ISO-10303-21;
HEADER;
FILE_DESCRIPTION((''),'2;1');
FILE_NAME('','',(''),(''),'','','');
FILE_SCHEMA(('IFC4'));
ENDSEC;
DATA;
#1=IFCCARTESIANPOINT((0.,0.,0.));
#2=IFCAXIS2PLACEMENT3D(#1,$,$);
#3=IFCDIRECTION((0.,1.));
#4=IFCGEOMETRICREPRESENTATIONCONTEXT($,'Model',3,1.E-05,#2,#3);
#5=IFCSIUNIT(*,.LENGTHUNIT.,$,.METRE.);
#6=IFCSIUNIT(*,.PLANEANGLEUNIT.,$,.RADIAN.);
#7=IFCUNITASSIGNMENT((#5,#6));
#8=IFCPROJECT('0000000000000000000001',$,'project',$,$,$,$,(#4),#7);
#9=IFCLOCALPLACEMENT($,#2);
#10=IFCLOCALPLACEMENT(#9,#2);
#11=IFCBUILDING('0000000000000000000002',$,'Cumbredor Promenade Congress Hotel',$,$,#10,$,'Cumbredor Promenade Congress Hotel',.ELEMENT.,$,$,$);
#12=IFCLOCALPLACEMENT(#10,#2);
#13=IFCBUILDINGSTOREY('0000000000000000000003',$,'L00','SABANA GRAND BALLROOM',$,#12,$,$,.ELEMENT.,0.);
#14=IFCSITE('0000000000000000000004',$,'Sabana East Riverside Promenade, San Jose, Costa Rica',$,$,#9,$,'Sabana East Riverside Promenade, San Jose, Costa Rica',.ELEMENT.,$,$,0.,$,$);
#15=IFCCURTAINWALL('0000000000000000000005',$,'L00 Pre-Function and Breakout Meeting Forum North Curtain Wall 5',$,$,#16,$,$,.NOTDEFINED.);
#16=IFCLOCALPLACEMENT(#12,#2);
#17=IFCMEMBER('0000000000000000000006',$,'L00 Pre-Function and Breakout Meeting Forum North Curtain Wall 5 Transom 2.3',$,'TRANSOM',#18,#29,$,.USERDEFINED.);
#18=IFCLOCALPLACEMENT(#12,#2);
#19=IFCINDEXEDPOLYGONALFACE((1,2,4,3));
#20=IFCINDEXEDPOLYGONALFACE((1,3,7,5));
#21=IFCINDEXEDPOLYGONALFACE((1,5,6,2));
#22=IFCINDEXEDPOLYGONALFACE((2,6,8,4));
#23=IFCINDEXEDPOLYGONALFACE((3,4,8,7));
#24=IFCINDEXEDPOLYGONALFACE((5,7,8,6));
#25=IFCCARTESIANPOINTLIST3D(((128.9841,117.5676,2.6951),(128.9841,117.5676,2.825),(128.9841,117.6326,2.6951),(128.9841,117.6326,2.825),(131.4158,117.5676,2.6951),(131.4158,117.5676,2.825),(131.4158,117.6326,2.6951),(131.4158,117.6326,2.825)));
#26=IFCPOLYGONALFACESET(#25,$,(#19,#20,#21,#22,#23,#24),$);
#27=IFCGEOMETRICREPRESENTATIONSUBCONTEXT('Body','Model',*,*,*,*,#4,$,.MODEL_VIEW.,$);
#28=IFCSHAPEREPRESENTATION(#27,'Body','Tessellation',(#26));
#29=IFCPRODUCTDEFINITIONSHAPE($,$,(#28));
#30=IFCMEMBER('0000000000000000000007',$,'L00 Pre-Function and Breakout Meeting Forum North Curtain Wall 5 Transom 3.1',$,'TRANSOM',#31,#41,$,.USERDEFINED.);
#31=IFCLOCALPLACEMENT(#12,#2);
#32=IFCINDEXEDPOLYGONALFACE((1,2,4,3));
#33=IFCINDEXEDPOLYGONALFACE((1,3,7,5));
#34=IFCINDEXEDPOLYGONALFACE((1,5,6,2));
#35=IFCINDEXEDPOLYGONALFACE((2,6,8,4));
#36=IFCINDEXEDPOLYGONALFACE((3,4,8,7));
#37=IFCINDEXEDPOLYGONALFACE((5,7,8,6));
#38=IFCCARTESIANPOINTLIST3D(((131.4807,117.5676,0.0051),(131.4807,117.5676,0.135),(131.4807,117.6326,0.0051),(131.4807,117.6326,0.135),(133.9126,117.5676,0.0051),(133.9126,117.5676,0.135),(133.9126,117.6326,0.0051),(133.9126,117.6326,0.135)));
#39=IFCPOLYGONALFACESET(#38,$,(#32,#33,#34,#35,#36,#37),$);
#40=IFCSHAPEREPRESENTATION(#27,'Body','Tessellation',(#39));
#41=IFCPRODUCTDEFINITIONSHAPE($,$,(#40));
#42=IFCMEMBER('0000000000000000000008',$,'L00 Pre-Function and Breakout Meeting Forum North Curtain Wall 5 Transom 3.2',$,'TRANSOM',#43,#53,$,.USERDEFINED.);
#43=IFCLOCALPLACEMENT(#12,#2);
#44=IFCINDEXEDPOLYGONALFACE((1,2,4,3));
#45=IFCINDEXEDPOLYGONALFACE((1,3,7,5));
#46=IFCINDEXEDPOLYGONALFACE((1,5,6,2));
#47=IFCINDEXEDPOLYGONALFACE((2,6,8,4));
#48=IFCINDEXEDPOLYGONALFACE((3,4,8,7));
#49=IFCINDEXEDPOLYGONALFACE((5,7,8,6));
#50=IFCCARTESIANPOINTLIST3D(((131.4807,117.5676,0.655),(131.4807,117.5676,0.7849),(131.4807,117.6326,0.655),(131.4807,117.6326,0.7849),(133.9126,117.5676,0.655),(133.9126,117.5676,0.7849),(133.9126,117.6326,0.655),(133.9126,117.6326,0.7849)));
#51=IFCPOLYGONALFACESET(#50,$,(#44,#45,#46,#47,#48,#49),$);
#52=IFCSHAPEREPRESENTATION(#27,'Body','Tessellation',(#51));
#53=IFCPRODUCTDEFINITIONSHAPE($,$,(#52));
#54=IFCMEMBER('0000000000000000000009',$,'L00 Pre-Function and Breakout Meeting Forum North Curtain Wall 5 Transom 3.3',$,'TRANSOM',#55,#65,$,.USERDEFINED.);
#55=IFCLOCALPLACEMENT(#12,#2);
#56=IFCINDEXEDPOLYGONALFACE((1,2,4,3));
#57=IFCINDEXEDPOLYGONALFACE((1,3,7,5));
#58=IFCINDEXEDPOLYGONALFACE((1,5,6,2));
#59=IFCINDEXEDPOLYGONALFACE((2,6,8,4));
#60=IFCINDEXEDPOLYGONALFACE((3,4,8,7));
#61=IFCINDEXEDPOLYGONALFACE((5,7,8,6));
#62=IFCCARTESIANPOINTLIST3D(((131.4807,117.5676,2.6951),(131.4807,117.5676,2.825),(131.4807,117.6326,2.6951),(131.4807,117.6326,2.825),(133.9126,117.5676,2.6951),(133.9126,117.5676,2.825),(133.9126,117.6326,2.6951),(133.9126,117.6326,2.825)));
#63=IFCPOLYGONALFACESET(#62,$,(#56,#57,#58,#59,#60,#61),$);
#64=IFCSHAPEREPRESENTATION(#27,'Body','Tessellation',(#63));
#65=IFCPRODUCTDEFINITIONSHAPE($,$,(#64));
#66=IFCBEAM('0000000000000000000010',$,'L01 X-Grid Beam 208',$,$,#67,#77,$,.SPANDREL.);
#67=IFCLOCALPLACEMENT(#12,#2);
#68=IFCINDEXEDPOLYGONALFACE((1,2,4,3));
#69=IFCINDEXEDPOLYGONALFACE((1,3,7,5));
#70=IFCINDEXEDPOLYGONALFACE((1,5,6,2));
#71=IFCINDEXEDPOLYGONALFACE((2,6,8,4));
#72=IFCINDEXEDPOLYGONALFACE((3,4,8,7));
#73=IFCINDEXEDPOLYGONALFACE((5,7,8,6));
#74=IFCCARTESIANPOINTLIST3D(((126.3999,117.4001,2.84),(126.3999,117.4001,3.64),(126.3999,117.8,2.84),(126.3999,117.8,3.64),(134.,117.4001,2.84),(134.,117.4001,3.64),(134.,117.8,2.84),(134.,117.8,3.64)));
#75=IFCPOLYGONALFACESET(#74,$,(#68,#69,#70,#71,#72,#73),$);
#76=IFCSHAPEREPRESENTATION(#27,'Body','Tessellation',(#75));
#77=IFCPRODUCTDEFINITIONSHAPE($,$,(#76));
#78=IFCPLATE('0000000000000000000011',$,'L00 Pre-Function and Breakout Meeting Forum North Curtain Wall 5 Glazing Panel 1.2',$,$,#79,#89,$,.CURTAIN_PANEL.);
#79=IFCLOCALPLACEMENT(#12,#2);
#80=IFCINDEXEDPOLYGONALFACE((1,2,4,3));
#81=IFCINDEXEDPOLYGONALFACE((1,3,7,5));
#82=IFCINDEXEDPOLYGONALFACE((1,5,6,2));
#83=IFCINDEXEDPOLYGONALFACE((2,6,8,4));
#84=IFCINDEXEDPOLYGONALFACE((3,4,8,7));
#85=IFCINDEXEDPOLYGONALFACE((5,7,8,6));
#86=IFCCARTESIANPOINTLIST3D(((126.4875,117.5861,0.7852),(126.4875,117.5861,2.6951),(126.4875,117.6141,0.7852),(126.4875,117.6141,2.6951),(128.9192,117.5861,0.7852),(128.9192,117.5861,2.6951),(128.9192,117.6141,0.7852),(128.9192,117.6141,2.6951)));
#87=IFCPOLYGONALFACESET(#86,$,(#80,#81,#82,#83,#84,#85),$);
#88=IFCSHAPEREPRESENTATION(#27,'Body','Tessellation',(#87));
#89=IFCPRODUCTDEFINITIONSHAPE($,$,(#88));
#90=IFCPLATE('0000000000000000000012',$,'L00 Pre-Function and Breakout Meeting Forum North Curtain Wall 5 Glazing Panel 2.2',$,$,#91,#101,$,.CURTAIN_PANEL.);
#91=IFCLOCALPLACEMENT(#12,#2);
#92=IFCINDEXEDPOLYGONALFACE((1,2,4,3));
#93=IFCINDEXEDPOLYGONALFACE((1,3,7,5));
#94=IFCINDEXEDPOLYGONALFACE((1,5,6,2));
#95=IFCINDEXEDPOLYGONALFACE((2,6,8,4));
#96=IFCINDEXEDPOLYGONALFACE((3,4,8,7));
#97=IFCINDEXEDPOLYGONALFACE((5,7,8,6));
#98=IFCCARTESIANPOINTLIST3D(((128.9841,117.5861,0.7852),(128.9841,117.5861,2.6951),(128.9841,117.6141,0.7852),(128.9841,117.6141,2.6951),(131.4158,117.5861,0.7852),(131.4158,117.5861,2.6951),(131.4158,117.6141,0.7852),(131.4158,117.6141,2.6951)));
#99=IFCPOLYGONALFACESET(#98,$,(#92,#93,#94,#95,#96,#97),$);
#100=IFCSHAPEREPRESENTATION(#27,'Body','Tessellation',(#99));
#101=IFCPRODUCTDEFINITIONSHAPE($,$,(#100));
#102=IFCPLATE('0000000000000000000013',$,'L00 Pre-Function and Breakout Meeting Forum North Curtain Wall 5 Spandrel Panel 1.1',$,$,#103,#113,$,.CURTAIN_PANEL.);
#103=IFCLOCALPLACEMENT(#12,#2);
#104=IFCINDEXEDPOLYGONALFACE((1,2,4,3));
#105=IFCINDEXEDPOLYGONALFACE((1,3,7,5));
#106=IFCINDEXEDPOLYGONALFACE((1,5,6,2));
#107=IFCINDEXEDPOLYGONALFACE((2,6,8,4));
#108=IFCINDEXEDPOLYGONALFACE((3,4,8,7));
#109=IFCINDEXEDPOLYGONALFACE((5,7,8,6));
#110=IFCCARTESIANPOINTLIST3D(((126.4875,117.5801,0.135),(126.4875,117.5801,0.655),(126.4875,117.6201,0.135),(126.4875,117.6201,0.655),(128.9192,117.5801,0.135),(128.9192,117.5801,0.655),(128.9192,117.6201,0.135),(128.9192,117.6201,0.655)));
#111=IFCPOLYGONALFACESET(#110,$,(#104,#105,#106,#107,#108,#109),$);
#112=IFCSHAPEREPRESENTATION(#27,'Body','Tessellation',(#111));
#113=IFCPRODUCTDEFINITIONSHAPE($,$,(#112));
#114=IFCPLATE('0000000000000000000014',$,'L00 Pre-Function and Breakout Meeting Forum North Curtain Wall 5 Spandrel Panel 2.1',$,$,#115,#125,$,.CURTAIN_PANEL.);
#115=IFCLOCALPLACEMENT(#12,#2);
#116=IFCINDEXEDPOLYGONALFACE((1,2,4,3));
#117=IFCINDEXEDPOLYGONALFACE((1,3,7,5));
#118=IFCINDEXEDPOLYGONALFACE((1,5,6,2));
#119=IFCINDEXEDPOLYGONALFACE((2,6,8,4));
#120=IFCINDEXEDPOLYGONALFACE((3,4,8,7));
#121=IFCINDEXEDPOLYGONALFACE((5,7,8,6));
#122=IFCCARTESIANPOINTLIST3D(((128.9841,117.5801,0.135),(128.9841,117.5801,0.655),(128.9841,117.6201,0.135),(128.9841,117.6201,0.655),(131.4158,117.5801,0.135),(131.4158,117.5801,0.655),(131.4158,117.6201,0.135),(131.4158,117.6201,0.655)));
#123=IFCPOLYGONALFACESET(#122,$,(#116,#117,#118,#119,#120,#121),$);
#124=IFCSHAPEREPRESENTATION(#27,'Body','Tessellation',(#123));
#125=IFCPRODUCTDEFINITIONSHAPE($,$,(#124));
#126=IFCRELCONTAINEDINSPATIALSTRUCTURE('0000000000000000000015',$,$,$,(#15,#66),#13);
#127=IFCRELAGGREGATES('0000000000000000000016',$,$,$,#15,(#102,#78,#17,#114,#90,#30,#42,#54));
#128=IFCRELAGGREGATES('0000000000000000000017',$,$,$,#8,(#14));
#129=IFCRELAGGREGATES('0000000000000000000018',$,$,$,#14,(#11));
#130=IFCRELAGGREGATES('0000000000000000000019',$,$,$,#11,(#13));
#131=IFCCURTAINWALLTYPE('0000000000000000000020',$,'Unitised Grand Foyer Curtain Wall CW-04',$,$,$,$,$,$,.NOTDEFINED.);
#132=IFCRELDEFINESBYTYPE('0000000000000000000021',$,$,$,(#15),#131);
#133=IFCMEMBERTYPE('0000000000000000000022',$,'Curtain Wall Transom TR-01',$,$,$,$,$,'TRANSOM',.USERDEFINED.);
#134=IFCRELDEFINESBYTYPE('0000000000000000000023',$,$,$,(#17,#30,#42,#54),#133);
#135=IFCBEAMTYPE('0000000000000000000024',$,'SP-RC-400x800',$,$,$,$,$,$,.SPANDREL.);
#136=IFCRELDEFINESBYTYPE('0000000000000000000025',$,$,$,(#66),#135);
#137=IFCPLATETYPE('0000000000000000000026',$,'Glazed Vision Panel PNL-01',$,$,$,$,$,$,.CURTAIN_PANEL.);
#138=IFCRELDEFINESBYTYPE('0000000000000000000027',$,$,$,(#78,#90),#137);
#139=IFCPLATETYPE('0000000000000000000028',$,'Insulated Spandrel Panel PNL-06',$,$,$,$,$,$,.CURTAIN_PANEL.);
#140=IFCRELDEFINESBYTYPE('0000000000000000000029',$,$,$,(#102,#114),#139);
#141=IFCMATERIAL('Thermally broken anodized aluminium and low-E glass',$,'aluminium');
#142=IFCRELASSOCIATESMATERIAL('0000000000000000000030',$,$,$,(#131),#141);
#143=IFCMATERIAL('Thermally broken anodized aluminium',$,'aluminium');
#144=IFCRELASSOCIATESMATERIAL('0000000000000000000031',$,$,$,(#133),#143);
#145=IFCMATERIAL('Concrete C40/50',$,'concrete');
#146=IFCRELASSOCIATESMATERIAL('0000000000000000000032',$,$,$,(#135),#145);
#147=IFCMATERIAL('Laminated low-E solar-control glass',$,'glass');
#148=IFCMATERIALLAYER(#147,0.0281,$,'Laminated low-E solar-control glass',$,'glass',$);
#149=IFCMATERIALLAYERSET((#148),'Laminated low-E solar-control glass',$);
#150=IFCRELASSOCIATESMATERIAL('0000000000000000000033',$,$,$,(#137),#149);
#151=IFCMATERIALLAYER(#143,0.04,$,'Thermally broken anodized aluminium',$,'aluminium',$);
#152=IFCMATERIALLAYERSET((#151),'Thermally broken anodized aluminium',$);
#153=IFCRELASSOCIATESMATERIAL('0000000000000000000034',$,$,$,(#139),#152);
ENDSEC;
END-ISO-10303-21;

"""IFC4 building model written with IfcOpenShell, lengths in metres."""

from ifc_helpers import new_model, si_unit, direction, frame, origin, origin_2d, place, context, subcontext, project, spatial, rectangle, extrude, material, layer, layer_set, material_profile, profile_set, type_object, element, aggregate, save


model = new_model("IFC4")

# Units and contexts
model_context = context("Model", 3, precision=1e-05, world=origin(), true_north=direction((0.0, 1.0)))
body_context = subcontext(model_context, "Body", "Model", "MODEL_VIEW")
ifc_project = project(units=[si_unit("LENGTHUNIT", "METRE"), si_unit("PLANEANGLEUNIT", "RADIAN")], contexts=[model_context])

# Site, building, storey
site_placement = place(None, origin())
site = spatial("IfcSite", under=ifc_project, at=site_placement, Name="Sabana East Riverside Promenade, San Jose, Costa Rica", LongName="Sabana East Riverside Promenade, San Jose, Costa Rica", CompositionType="ELEMENT", RefElevation=0.0)
building_placement = place(site_placement, origin())
building = spatial("IfcBuilding", under=site, at=building_placement, Name="Cumbredor Promenade Congress Hotel", LongName="Cumbredor Promenade Congress Hotel", CompositionType="ELEMENT")
storey_placement = place(building_placement, origin())
storey = spatial("IfcBuildingStorey", under=building, at=storey_placement, Name="L00", Description="SABANA GRAND BALLROOM", CompositionType="ELEMENT", Elevation=0.0)

# Shared definitions
ifc_material_1 = material(Name="Concrete C40/50", Category="concrete")

# Curtain wall, members
ifc_material_2 = material(Name="Thermally broken anodized aluminium and low-E glass", Category="aluminium")
curtain_wall_type = type_object("IfcCurtainWallType", Name="Unitised Grand Foyer Curtain Wall CW-04", PredefinedType="NOTDEFINED", material=ifc_material_2)
curtain_wall_placement = place(storey_placement, origin())
curtain_wall = element("IfcCurtainWall", 1, at=curtain_wall_placement, inside=storey, type_object=curtain_wall_type, Name="L00 Pre-Function and Breakout Meeting Forum North Curtain Wall 5", PredefinedType="NOTDEFINED")
ifc_material_3 = material(Name="Thermally broken anodized aluminium", Category="aluminium")
ifc_material_profile_1 = material_profile(ifc_material_3, rectangle(XDim=0.0649, YDim=0.1299, at=origin_2d()), Name="ALU TRANSOM 65x130")
ifc_profile_set_1 = profile_set([ifc_material_profile_1], Name="Thermally broken anodized aluminium")
member_type_1 = type_object("IfcMemberType", Name="Curtain Wall Transom TR-01", ElementType="TRANSOM", PredefinedType="USERDEFINED", material=ifc_profile_set_1)
member_1_placement = place(storey_placement, frame((128.9841, 117.6001, 2.76), z_axis=(1.0, 0.0, 0.0), x_axis=(0.0, 1.0, 0.0)))
member_1 = element("IfcMember", 2, at=member_1_placement, type_object=member_type_1, Name="L00 Pre-Function and Breakout Meeting Forum North Curtain Wall 5 Transom 2.3", ObjectType="TRANSOM", PredefinedType="USERDEFINED", context=body_context, shape_type="SweptSolid", body=[
    extrude(rectangle(XDim=0.0649, YDim=0.1299, at=origin_2d()), origin(), (0.0, 0.0, 1.0), 2.4316),
])
member_2_placement = place(storey_placement, frame((131.4807, 117.6001, 0.0701), z_axis=(1.0, 0.0, 0.0), x_axis=(0.0, 1.0, 0.0)))
member_2 = element("IfcMember", 3, at=member_2_placement, type_object=member_type_1, Name="L00 Pre-Function and Breakout Meeting Forum North Curtain Wall 5 Transom 3.1", ObjectType="TRANSOM", PredefinedType="USERDEFINED", context=body_context, shape_type="SweptSolid", body=[
    extrude(rectangle(XDim=0.0649, YDim=0.1299, at=origin_2d()), origin(), (0.0, 0.0, 1.0), 2.4319),
])
member_3_placement = place(storey_placement, frame((131.4807, 117.6001, 0.72), z_axis=(1.0, 0.0, 0.0), x_axis=(0.0, 1.0, 0.0)))
member_3 = element("IfcMember", 4, at=member_3_placement, type_object=member_type_1, Name="L00 Pre-Function and Breakout Meeting Forum North Curtain Wall 5 Transom 3.2", ObjectType="TRANSOM", PredefinedType="USERDEFINED", context=body_context, shape_type="SweptSolid", body=[
    extrude(rectangle(XDim=0.0649, YDim=0.1299, at=origin_2d()), origin(), (0.0, 0.0, 1.0), 2.4319),
])
member_4_placement = place(storey_placement, frame((131.4807, 117.6001, 2.76), z_axis=(1.0, 0.0, 0.0), x_axis=(0.0, 1.0, 0.0)))
member_4 = element("IfcMember", 5, at=member_4_placement, type_object=member_type_1, Name="L00 Pre-Function and Breakout Meeting Forum North Curtain Wall 5 Transom 3.3", ObjectType="TRANSOM", PredefinedType="USERDEFINED", context=body_context, shape_type="SweptSolid", body=[
    extrude(rectangle(XDim=0.0649, YDim=0.1299, at=origin_2d()), origin(), (0.0, 0.0, 1.0), 2.4319),
])

# Beam
ifc_material_profile_2 = material_profile(ifc_material_1, rectangle(XDim=0.3999, YDim=0.8, at=origin_2d()), Name="RC SPANDREL 400x800")
ifc_profile_set_2 = profile_set([ifc_material_profile_2], Name="Concrete C40/50")
beam_type_1 = type_object("IfcBeamType", Name="SP-RC-400x800", PredefinedType="SPANDREL", material=ifc_profile_set_2)
beam_placement = place(storey_placement, frame((126.3999, 117.6001, 3.24), z_axis=(1.0, 0.0, 0.0), x_axis=(0.0, 1.0, 0.0)))
element("IfcBeam", 6, at=beam_placement, inside=storey, type_object=beam_type_1, Name="L01 X-Grid Beam 208", PredefinedType="SPANDREL", context=body_context, shape_type="SweptSolid", body=[
    extrude(rectangle(XDim=0.3999, YDim=0.8, at=origin_2d()), origin(), (0.0, 0.0, 1.0), 7.6001),
])

# Plates
ifc_material_4 = material(Name="Laminated low-E solar-control glass", Category="glass")
ifc_layer_1 = layer(ifc_material_4, 0.0281, Name="Laminated low-E solar-control glass", Category="glass")
ifc_layer_set_1 = layer_set([ifc_layer_1], Name="Laminated low-E solar-control glass")
plate_type_1 = type_object("IfcPlateType", Name="Glazed Vision Panel PNL-01", PredefinedType="CURTAIN_PANEL", material=ifc_layer_set_1)
plate_1_placement = place(storey_placement, frame((127.7034, 117.6001, 0.7852), z_axis=(0.0, 0.0, 1.0), x_axis=(1.0, 0.0, 0.0)))
plate_1 = element("IfcPlate", 7, at=plate_1_placement, type_object=plate_type_1, Name="L00 Pre-Function and Breakout Meeting Forum North Curtain Wall 5 Glazing Panel 1.2", PredefinedType="CURTAIN_PANEL", context=body_context, shape_type="SweptSolid", body=[
    extrude(rectangle(XDim=2.4316, YDim=0.0281, at=origin_2d()), origin(), (0.0, 0.0, 1.0), 1.9099),
])
plate_2_placement = place(storey_placement, frame((130.2, 117.6001, 0.7852), z_axis=(0.0, 0.0, 1.0), x_axis=(1.0, 0.0, 0.0)))
plate_2 = element("IfcPlate", 8, at=plate_2_placement, type_object=plate_type_1, Name="L00 Pre-Function and Breakout Meeting Forum North Curtain Wall 5 Glazing Panel 2.2", PredefinedType="CURTAIN_PANEL", context=body_context, shape_type="SweptSolid", body=[
    extrude(rectangle(XDim=2.4316, YDim=0.0281, at=origin_2d()), origin(), (0.0, 0.0, 1.0), 1.9099),
])
ifc_layer_2 = layer(ifc_material_3, 0.04, Name="Thermally broken anodized aluminium", Category="aluminium")
ifc_layer_set_2 = layer_set([ifc_layer_2], Name="Thermally broken anodized aluminium")
plate_type_2 = type_object("IfcPlateType", Name="Insulated Spandrel Panel PNL-06", PredefinedType="CURTAIN_PANEL", material=ifc_layer_set_2)
plate_3_placement = place(storey_placement, frame((127.7034, 117.6001, 0.135), z_axis=(0.0, 0.0, 1.0), x_axis=(1.0, 0.0, 0.0)))
plate_3 = element("IfcPlate", 9, at=plate_3_placement, type_object=plate_type_2, Name="L00 Pre-Function and Breakout Meeting Forum North Curtain Wall 5 Spandrel Panel 1.1", PredefinedType="CURTAIN_PANEL", context=body_context, shape_type="SweptSolid", body=[
    extrude(rectangle(XDim=2.4316, YDim=0.04, at=origin_2d()), origin(), (0.0, 0.0, 1.0), 0.52),
])
plate_4_placement = place(storey_placement, frame((130.2, 117.6001, 0.135), z_axis=(0.0, 0.0, 1.0), x_axis=(1.0, 0.0, 0.0)))
plate_4 = element("IfcPlate", 10, at=plate_4_placement, type_object=plate_type_2, Name="L00 Pre-Function and Breakout Meeting Forum North Curtain Wall 5 Spandrel Panel 2.1", PredefinedType="CURTAIN_PANEL", context=body_context, shape_type="SweptSolid", body=[
    extrude(rectangle(XDim=2.4316, YDim=0.04, at=origin_2d()), origin(), (0.0, 0.0, 1.0), 0.52),
])
aggregate(curtain_wall, [plate_3, plate_1, member_1, plate_4, plate_2, member_2, member_3, member_4])

save(model, "model.ifc")
